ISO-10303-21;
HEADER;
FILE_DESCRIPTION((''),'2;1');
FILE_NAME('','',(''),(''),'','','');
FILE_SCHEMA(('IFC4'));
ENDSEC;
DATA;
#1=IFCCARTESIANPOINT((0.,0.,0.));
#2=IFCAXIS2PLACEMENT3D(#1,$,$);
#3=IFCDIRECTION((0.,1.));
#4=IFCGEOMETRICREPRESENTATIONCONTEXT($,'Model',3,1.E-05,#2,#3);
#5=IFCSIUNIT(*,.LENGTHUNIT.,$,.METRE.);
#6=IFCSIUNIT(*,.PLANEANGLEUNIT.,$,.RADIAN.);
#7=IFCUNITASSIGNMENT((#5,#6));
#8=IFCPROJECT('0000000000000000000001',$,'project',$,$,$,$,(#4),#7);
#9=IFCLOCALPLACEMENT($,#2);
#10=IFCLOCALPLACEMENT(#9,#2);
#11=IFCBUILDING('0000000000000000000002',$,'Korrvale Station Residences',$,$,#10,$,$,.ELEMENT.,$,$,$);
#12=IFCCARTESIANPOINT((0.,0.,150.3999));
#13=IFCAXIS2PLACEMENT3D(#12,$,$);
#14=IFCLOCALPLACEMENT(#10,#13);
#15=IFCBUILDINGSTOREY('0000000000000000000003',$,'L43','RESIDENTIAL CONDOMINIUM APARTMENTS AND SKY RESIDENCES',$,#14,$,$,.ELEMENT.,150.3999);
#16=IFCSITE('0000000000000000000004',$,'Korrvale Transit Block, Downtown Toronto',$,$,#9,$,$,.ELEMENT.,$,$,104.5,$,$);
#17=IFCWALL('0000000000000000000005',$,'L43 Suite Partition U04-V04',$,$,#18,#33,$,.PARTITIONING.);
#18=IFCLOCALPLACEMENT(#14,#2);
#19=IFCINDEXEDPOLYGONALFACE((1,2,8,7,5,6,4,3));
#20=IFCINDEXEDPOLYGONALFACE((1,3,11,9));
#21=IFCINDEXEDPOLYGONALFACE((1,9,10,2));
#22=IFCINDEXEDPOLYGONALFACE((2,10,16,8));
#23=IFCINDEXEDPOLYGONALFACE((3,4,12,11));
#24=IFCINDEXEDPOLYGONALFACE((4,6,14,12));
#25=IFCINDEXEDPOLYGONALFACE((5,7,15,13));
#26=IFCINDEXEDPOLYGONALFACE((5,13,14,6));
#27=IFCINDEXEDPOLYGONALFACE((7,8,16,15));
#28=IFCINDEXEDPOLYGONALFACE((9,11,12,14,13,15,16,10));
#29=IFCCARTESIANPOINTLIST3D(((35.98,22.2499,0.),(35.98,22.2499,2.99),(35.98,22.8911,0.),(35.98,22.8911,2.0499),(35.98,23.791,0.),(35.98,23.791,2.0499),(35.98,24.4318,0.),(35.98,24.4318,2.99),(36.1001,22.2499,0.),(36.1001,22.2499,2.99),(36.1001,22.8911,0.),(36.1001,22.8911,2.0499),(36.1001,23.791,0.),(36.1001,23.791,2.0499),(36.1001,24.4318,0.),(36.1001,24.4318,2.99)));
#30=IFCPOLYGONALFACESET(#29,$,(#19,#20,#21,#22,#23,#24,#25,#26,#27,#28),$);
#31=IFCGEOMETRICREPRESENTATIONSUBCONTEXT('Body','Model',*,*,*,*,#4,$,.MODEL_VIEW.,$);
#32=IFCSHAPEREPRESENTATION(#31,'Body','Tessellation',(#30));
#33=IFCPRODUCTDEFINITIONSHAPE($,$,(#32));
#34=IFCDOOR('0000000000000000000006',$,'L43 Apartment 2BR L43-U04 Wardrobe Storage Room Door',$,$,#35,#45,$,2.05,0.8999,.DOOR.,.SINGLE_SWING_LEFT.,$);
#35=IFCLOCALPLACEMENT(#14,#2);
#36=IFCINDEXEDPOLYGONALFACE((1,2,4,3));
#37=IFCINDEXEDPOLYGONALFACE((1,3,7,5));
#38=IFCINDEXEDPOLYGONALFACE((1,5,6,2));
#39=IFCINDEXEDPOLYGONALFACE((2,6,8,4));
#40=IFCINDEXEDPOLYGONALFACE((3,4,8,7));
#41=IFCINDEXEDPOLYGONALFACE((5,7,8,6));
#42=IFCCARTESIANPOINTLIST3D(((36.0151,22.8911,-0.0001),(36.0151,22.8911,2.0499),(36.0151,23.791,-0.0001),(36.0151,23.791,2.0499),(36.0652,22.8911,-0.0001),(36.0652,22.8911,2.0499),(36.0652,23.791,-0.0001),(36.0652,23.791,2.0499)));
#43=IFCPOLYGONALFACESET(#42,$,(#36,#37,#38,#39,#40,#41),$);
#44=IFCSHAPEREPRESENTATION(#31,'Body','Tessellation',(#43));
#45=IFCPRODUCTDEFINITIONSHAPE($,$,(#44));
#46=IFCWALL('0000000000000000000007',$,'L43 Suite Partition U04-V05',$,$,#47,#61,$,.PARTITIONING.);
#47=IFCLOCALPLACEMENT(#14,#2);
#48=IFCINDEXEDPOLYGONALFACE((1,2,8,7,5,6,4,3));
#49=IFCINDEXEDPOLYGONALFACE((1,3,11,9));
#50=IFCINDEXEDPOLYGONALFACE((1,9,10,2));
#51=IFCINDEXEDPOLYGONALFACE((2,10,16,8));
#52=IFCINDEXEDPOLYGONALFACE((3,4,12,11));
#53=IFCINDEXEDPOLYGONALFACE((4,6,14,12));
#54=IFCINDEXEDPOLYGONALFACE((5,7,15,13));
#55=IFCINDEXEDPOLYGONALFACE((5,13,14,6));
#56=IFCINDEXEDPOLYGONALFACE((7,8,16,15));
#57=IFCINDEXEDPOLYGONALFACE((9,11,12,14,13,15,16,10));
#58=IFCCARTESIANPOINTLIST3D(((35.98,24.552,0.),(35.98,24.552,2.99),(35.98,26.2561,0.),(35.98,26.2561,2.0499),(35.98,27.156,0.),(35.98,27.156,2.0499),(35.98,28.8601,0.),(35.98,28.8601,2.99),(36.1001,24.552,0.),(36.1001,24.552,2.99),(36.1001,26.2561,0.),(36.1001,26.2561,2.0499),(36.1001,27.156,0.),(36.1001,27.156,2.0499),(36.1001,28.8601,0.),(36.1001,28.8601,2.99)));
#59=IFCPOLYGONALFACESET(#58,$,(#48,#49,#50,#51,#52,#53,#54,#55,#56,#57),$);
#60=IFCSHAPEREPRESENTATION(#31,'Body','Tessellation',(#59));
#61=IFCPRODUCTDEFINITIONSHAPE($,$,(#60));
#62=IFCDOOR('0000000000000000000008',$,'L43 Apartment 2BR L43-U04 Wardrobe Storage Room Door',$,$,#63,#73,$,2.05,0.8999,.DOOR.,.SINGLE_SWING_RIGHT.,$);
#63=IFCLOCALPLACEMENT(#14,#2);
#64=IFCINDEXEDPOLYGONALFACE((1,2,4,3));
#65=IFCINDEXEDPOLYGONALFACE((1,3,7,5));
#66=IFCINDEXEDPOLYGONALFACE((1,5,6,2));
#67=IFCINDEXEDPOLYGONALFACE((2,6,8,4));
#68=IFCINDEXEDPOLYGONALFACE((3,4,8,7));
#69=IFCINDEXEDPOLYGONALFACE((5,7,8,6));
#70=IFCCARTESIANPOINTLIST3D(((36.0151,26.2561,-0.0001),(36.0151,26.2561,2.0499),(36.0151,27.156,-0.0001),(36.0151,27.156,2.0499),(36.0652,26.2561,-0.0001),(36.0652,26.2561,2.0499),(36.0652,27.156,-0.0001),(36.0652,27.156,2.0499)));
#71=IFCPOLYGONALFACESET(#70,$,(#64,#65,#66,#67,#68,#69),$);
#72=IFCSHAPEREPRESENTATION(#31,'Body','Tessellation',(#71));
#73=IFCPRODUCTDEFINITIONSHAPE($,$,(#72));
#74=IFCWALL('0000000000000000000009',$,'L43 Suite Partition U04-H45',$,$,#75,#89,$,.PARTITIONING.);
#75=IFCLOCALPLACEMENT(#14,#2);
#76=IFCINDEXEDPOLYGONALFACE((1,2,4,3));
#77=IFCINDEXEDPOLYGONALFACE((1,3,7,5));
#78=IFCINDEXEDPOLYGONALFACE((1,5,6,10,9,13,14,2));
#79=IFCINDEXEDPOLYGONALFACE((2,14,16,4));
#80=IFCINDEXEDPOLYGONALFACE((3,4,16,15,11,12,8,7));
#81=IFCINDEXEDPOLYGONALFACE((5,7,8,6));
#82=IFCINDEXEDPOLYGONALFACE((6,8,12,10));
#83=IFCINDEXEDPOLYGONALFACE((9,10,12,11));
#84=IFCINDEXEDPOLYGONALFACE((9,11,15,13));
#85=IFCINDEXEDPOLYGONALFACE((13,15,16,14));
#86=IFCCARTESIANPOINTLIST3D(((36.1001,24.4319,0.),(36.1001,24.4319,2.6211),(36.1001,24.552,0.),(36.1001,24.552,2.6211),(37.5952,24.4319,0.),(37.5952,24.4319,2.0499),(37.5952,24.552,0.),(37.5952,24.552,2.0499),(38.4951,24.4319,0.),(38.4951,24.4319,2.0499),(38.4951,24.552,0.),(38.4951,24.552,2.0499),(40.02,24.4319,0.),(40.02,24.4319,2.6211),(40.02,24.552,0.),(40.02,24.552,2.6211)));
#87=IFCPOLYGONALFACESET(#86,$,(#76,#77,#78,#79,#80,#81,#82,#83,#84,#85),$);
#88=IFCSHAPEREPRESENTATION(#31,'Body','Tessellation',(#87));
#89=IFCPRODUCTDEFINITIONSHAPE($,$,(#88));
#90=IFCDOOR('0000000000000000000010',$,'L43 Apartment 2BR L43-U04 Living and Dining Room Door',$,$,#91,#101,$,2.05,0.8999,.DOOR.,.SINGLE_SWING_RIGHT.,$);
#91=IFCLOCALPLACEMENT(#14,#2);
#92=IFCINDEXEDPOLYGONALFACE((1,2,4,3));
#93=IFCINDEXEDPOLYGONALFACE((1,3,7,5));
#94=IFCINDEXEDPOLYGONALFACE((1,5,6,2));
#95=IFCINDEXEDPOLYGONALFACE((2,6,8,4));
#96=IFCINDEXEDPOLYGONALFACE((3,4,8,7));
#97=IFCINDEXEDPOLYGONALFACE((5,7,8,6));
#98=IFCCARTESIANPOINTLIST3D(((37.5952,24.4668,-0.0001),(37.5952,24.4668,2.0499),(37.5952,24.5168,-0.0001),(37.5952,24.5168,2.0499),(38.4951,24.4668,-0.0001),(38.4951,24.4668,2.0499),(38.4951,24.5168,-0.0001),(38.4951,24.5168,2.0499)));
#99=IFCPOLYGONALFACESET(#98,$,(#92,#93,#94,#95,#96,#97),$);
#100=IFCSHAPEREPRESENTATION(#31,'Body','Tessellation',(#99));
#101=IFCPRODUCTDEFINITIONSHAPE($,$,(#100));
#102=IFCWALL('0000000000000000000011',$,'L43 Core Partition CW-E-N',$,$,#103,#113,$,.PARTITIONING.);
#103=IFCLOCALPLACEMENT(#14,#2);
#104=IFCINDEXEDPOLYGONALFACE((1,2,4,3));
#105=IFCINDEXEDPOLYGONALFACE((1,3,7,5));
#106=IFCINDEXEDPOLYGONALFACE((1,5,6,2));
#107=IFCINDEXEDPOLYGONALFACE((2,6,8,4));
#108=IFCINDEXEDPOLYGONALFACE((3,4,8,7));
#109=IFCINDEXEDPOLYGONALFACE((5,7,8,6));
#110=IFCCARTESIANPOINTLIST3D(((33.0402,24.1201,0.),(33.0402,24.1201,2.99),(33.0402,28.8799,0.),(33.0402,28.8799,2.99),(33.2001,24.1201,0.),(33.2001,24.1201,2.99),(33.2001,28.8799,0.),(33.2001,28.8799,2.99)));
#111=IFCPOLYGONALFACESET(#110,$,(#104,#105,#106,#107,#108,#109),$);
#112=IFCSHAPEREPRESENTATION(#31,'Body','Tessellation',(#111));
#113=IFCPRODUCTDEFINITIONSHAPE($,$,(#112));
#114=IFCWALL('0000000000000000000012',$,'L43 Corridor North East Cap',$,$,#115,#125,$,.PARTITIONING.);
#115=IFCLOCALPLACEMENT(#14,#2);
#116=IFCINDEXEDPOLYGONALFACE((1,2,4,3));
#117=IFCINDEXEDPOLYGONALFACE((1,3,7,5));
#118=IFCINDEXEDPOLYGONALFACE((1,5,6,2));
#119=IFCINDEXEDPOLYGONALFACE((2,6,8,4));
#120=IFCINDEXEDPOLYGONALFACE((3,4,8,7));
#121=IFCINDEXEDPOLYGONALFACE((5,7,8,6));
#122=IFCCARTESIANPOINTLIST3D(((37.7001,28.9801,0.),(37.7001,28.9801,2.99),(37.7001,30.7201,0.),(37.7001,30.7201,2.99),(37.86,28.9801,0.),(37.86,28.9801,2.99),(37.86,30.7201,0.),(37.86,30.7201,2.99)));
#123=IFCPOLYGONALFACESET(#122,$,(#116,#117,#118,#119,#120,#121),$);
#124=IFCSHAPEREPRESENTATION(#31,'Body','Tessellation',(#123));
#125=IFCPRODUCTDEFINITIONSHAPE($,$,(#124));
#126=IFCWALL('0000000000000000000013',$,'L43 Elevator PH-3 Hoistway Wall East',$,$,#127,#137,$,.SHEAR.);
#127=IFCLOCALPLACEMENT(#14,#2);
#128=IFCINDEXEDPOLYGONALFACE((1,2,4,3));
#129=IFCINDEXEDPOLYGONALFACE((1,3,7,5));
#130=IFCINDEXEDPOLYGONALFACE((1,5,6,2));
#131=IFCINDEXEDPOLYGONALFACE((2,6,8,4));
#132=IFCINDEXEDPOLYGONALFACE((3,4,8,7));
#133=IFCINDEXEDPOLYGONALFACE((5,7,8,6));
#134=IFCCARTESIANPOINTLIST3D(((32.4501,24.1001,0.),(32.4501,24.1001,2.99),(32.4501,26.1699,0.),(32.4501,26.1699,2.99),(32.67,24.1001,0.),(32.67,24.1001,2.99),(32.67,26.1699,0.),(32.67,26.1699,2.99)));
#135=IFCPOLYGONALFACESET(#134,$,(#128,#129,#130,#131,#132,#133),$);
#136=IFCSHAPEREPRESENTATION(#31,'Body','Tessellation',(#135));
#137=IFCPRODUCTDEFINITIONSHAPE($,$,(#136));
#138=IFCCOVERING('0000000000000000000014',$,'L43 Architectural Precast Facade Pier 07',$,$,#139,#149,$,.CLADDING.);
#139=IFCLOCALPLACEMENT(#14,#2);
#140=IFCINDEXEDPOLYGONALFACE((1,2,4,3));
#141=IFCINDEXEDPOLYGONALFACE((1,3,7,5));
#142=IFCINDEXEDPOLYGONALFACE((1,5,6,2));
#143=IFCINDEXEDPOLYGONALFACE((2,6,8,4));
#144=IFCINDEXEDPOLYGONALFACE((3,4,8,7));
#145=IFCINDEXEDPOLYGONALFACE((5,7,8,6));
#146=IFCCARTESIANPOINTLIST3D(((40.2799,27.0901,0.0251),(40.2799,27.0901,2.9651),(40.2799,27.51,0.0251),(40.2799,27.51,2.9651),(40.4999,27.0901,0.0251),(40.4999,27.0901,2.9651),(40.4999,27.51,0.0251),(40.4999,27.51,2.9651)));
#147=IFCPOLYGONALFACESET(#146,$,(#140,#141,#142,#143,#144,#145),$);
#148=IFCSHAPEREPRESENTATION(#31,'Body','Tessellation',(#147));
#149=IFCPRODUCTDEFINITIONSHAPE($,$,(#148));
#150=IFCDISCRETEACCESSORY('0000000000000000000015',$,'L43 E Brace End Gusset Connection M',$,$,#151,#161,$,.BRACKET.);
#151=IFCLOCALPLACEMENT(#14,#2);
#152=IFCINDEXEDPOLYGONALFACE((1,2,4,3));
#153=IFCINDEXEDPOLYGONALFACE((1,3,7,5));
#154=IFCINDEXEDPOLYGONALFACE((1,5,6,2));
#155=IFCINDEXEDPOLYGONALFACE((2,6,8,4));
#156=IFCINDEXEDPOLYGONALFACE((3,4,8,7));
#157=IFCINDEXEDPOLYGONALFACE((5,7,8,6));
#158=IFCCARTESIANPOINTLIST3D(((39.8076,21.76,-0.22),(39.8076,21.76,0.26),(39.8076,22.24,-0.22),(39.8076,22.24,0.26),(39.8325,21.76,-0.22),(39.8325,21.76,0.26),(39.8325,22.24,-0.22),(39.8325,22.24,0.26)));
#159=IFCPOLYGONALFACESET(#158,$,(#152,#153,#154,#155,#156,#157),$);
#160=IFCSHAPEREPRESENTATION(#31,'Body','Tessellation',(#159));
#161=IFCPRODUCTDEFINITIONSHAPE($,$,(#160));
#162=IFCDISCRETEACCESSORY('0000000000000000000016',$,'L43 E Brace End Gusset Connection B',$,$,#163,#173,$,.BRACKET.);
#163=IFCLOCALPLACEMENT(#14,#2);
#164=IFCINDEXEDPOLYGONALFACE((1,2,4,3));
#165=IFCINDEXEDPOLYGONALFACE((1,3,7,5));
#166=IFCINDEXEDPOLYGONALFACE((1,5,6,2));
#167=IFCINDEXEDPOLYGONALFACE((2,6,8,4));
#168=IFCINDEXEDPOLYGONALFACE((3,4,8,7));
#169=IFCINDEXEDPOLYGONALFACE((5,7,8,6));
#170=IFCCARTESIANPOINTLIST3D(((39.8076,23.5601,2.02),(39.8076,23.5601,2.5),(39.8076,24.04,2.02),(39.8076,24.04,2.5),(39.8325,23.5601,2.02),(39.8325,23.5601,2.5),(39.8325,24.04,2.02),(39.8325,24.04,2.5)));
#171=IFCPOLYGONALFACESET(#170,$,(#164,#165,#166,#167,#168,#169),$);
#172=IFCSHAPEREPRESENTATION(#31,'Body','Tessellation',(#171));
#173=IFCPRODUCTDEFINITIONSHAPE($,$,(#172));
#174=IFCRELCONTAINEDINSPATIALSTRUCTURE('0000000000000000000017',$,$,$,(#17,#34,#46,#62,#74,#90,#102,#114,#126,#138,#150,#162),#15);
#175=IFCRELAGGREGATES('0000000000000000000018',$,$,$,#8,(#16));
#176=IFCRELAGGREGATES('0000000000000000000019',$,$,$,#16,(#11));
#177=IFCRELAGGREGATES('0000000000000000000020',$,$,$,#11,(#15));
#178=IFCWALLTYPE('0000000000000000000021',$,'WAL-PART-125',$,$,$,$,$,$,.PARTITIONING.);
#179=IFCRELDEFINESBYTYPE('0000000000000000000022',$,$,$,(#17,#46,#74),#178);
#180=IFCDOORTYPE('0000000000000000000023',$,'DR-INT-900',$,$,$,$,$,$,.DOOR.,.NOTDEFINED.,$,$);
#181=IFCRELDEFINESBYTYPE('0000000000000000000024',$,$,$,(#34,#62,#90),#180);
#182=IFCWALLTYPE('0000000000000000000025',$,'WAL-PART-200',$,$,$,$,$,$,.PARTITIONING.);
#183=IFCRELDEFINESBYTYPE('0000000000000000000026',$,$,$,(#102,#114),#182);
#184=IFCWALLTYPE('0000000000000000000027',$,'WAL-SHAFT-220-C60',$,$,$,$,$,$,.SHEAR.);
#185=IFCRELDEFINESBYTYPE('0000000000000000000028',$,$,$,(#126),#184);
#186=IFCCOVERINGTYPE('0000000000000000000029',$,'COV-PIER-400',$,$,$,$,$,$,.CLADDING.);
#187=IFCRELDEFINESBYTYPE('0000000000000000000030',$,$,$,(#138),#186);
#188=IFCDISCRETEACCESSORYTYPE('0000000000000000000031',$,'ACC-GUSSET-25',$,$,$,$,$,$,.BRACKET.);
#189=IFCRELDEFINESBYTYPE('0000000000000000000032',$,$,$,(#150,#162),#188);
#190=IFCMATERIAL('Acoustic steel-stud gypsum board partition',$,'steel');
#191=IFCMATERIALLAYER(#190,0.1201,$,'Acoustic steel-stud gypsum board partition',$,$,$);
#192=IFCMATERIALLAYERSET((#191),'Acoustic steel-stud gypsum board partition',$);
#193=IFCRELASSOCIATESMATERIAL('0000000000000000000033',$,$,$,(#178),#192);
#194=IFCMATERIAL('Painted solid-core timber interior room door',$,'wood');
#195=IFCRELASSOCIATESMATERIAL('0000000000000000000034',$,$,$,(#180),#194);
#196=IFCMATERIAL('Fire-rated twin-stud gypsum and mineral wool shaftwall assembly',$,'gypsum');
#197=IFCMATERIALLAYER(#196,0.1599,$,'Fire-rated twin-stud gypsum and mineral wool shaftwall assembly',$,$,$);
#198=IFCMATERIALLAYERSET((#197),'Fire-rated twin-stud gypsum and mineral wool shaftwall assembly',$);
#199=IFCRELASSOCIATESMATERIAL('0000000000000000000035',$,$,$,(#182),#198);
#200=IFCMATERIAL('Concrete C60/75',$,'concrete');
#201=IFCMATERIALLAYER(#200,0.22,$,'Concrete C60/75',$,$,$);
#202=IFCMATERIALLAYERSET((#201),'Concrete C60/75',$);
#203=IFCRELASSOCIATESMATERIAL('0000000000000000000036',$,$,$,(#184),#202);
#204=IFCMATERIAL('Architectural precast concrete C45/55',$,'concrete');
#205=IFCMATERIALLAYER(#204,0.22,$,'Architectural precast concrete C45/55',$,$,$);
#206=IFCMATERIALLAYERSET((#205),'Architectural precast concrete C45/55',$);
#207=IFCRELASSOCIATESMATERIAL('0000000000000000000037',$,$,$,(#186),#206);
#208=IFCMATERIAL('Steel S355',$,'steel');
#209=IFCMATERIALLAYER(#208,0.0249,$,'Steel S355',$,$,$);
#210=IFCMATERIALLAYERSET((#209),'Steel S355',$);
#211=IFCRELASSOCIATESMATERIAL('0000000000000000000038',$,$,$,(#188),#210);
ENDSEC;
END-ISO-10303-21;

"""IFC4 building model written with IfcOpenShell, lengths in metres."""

from ifc_helpers import new_model, si_unit, direction, frame, frame_2d, origin, origin_2d, place, context, subcontext, project, spatial, rectangle, extrude, material, layer, layer_set, type_object, element, fill, save


model = new_model("IFC4")

# Units and contexts
model_context = context("Model", 3, precision=1e-05, world=origin(), true_north=direction((0.0, 1.0)))
body_context = subcontext(model_context, "Body", "Model", "MODEL_VIEW")
ifc_project = project(units=[si_unit("LENGTHUNIT", "METRE"), si_unit("PLANEANGLEUNIT", "RADIAN")], contexts=[model_context])

# Site, building, storey
site_placement = place(None, origin())
site = spatial("IfcSite", under=ifc_project, at=site_placement, Name="Korrvale Transit Block, Downtown Toronto", CompositionType="ELEMENT", RefElevation=104.5)
building_placement = place(site_placement, origin())
building = spatial("IfcBuilding", under=site, at=building_placement, Name="Korrvale Station Residences", CompositionType="ELEMENT")
storey_placement = place(building_placement, frame((0.0, 0.0, 150.3999)))
storey = spatial("IfcBuildingStorey", under=building, at=storey_placement, Name="L43", Description="RESIDENTIAL CONDOMINIUM APARTMENTS AND SKY RESIDENCES", CompositionType="ELEMENT", Elevation=150.3999)

# Shared definitions
ifc_material_1 = material(Name="Concrete C60/75", Category="concrete")

# Shared definitions
ifc_material_2 = material(Name="Steel S355", Category="steel")

# Shared definitions
ifc_material_3 = material(Name="Acoustic steel-stud gypsum board partition", Category="steel")
ifc_layer_1 = layer(ifc_material_3, 0.1201, Name="Acoustic steel-stud gypsum board partition")
ifc_layer_set_1 = layer_set([ifc_layer_1], Name="Acoustic steel-stud gypsum board partition")
wall_type_1 = type_object("IfcWallType", Name="WAL-PART-125", PredefinedType="PARTITIONING", material=ifc_layer_set_1)

# Walls, openings, doors
wall_1_placement = place(storey_placement, frame((36.04, 22.25, 0.0), z_axis=(0.0, 0.0, 1.0), x_axis=(0.0, 1.0, 0.0)))
wall_1 = element("IfcWall", 1, at=wall_1_placement, inside=storey, type_object=wall_type_1, Name="L43 Suite Partition U04-V04", PredefinedType="PARTITIONING", context=body_context, shape_type="SweptSolid", body=[
    extrude(rectangle(XDim=2.1819, YDim=0.1201, at=frame_2d((1.0908, 0.0))), origin(), (0.0, 0.0, 1.0), 2.99),
])
opening_1_placement = place(wall_1_placement, frame((0.6411, 0.0, 0.0)))
opening_1 = element("IfcOpeningElement", 2, at=opening_1_placement, cuts=wall_1, PredefinedType="OPENING", context=body_context, shape_type="SweptSolid", body=[
    extrude(rectangle(XDim=0.8999, YDim=2.05, at=frame_2d((0.45, 1.0249))), frame((0.0, 0.0701, 0.0), z_axis=(0.0, -1.0, 0.0), x_axis=(1.0, 0.0, 0.0)), (0.0, 0.0, 1.0), 0.1401),
])
ifc_material_4 = material(Name="Painted solid-core timber interior room door", Category="wood")
door_type = type_object("IfcDoorType", Name="DR-INT-900", OperationType="NOTDEFINED", PredefinedType="DOOR", material=ifc_material_4)
door_1_placement = place(opening_1_placement, origin())
door_1 = element("IfcDoor", 3, at=door_1_placement, inside=storey, type_object=door_type, Name="L43 Apartment 2BR L43-U04 Wardrobe Storage Room Door", OperationType="SINGLE_SWING_LEFT", OverallHeight=2.05, OverallWidth=0.8999, PredefinedType="DOOR", context=body_context, shape_type="SweptSolid", body=[
    extrude(rectangle(XDim=0.8999, YDim=2.05, at=frame_2d((0.45, 1.0249))), frame((0.0, 0.0249, 0.0), z_axis=(0.0, -1.0, 0.0), x_axis=(1.0, 0.0, 0.0)), (0.0, 0.0, 1.0), 0.05),
])
fill(opening_1, door_1)
wall_2_placement = place(storey_placement, frame((36.04, 24.552, 0.0), z_axis=(0.0, 0.0, 1.0), x_axis=(0.0, 1.0, 0.0)))
wall_2 = element("IfcWall", 4, at=wall_2_placement, inside=storey, type_object=wall_type_1, Name="L43 Suite Partition U04-V05", PredefinedType="PARTITIONING", context=body_context, shape_type="SweptSolid", body=[
    extrude(rectangle(XDim=4.3081, YDim=0.1201, at=frame_2d((2.1541, 0.0))), origin(), (0.0, 0.0, 1.0), 2.99),
])
opening_2_placement = place(wall_2_placement, frame((1.7041, 0.0, 0.0)))
opening_2 = element("IfcOpeningElement", 5, at=opening_2_placement, cuts=wall_2, PredefinedType="OPENING", context=body_context, shape_type="SweptSolid", body=[
    extrude(rectangle(XDim=0.8999, YDim=2.05, at=frame_2d((0.45, 1.0249))), frame((0.0, 0.0701, 0.0), z_axis=(0.0, -1.0, 0.0), x_axis=(1.0, 0.0, 0.0)), (0.0, 0.0, 1.0), 0.1401),
])
door_2_placement = place(opening_2_placement, origin())
door_2 = element("IfcDoor", 6, at=door_2_placement, inside=storey, type_object=door_type, Name="L43 Apartment 2BR L43-U04 Wardrobe Storage Room Door", OperationType="SINGLE_SWING_RIGHT", OverallHeight=2.05, OverallWidth=0.8999, PredefinedType="DOOR", context=body_context, shape_type="SweptSolid", body=[
    extrude(rectangle(XDim=0.8999, YDim=2.05, at=frame_2d((0.45, 1.0249))), frame((0.0, 0.0249, 0.0), z_axis=(0.0, -1.0, 0.0), x_axis=(1.0, 0.0, 0.0)), (0.0, 0.0, 1.0), 0.05),
])
fill(opening_2, door_2)
wall_3_placement = place(storey_placement, frame((36.1001, 24.4919, 0.0), z_axis=(0.0, 0.0, 1.0), x_axis=(1.0, 0.0, 0.0)))
wall_3 = element("IfcWall", 7, at=wall_3_placement, inside=storey, type_object=wall_type_1, Name="L43 Suite Partition U04-H45", PredefinedType="PARTITIONING", context=body_context, shape_type="SweptSolid", body=[
    extrude(rectangle(XDim=3.9199, YDim=0.1201, at=frame_2d((1.96, 0.0))), origin(), (0.0, 0.0, 1.0), 2.6211),
])
opening_3_placement = place(wall_3_placement, frame((1.4951, 0.0, 0.0)))
opening_3 = element("IfcOpeningElement", 8, at=opening_3_placement, cuts=wall_3, PredefinedType="OPENING", context=body_context, shape_type="SweptSolid", body=[
    extrude(rectangle(XDim=0.8999, YDim=2.05, at=frame_2d((0.45, 1.0249))), frame((0.0, 0.0701, 0.0), z_axis=(0.0, -1.0, 0.0), x_axis=(1.0, 0.0, 0.0)), (0.0, 0.0, 1.0), 0.1401),
])
door_3_placement = place(opening_3_placement, origin())
door_3 = element("IfcDoor", 9, at=door_3_placement, inside=storey, type_object=door_type, Name="L43 Apartment 2BR L43-U04 Living and Dining Room Door", OperationType="SINGLE_SWING_RIGHT", OverallHeight=2.05, OverallWidth=0.8999, PredefinedType="DOOR", context=body_context, shape_type="SweptSolid", body=[
    extrude(rectangle(XDim=0.8999, YDim=2.05, at=frame_2d((0.45, 1.0249))), frame((0.0, 0.0249, 0.0), z_axis=(0.0, -1.0, 0.0), x_axis=(1.0, 0.0, 0.0)), (0.0, 0.0, 1.0), 0.05),
])
fill(opening_3, door_3)

# Walls
ifc_material_5 = material(Name="Fire-rated twin-stud gypsum and mineral wool shaftwall assembly", Category="gypsum")
ifc_layer_2 = layer(ifc_material_5, 0.1599, Name="Fire-rated twin-stud gypsum and mineral wool shaftwall assembly")
ifc_layer_set_2 = layer_set([ifc_layer_2], Name="Fire-rated twin-stud gypsum and mineral wool shaftwall assembly")
wall_type_2 = type_object("IfcWallType", Name="WAL-PART-200", PredefinedType="PARTITIONING", material=ifc_layer_set_2)
wall_4_placement = place(storey_placement, frame((33.1201, 24.1201, 0.0), z_axis=(0.0, 0.0, 1.0), x_axis=(0.0, 1.0, 0.0)))
element("IfcWall", 10, at=wall_4_placement, inside=storey, type_object=wall_type_2, Name="L43 Core Partition CW-E-N", PredefinedType="PARTITIONING", context=body_context, shape_type="SweptSolid", body=[
    extrude(rectangle(XDim=4.7598, YDim=0.1599, at=frame_2d((2.3799, 0.0))), origin(), (0.0, 0.0, 1.0), 2.99),
])
wall_5_placement = place(storey_placement, frame((37.78, 28.98, 0.0), z_axis=(0.0, 0.0, 1.0), x_axis=(0.0, 1.0, 0.0)))
element("IfcWall", 11, at=wall_5_placement, inside=storey, type_object=wall_type_2, Name="L43 Corridor North East Cap", PredefinedType="PARTITIONING", context=body_context, shape_type="SweptSolid", body=[
    extrude(rectangle(XDim=1.74, YDim=0.1599, at=frame_2d((0.8701, 0.0))), origin(), (0.0, 0.0, 1.0), 2.99),
])
ifc_layer_3 = layer(ifc_material_1, 0.22, Name="Concrete C60/75")
ifc_layer_set_3 = layer_set([ifc_layer_3], Name="Concrete C60/75")
wall_type_3 = type_object("IfcWallType", Name="WAL-SHAFT-220-C60", PredefinedType="SHEAR", material=ifc_layer_set_3)
wall_6_placement = place(storey_placement, frame((32.5601, 24.1001, 0.0), z_axis=(0.0, 0.0, 1.0), x_axis=(0.0, 1.0, 0.0)))
element("IfcWall", 12, at=wall_6_placement, inside=storey, type_object=wall_type_3, Name="L43 Elevator PH-3 Hoistway Wall East", PredefinedType="SHEAR", context=body_context, shape_type="SweptSolid", body=[
    extrude(rectangle(XDim=2.0698, YDim=0.22, at=frame_2d((1.0349, 0.0))), origin(), (0.0, 0.0, 1.0), 2.99),
])

# Covering
ifc_material_6 = material(Name="Architectural precast concrete C45/55", Category="concrete")
ifc_layer_4 = layer(ifc_material_6, 0.22, Name="Architectural precast concrete C45/55")
ifc_layer_set_4 = layer_set([ifc_layer_4], Name="Architectural precast concrete C45/55")
covering_type = type_object("IfcCoveringType", Name="COV-PIER-400", PredefinedType="CLADDING", material=ifc_layer_set_4)
covering_placement = place(storey_placement, frame((40.3899, 27.3, 0.0251), z_axis=(0.0, 0.0, 1.0), x_axis=(0.0, 1.0, 0.0)))
element("IfcCovering", 13, at=covering_placement, inside=storey, type_object=covering_type, Name="L43 Architectural Precast Facade Pier 07", PredefinedType="CLADDING", context=body_context, shape_type="SweptSolid", body=[
    extrude(rectangle(XDim=0.4199, YDim=0.22, at=origin_2d()), origin(), (0.0, 0.0, 1.0), 2.9399),
])

# Discrete accessories
ifc_layer_5 = layer(ifc_material_2, 0.0249, Name="Steel S355")
ifc_layer_set_5 = layer_set([ifc_layer_5], Name="Steel S355")
discrete_accessory_type = type_object("IfcDiscreteAccessoryType", Name="ACC-GUSSET-25", PredefinedType="BRACKET", material=ifc_layer_set_5)
for number, where, z_axis, x_axis, name in (
    (14, (39.8201, 22.0, -0.22), (0.0, 0.0, 1.0), (0.0, 1.0, 0.0), "L43 E Brace End Gusset Connection M"),
    (15, (39.8201, 23.8, 2.02), (0.0, 0.0, 1.0), (0.0, 1.0, 0.0), "L43 E Brace End Gusset Connection B"),
):
    element("IfcDiscreteAccessory", number, at=place(storey_placement, frame(where, z_axis=z_axis, x_axis=x_axis)), inside=storey, type_object=discrete_accessory_type, Name=name, PredefinedType="BRACKET", context=body_context, shape_type="SweptSolid", body=[
        extrude(rectangle(XDim=0.48, YDim=0.0249, at=origin_2d()), origin(), (0.0, 0.0, 1.0), 0.48),
    ])

save(model, "model.ifc")
